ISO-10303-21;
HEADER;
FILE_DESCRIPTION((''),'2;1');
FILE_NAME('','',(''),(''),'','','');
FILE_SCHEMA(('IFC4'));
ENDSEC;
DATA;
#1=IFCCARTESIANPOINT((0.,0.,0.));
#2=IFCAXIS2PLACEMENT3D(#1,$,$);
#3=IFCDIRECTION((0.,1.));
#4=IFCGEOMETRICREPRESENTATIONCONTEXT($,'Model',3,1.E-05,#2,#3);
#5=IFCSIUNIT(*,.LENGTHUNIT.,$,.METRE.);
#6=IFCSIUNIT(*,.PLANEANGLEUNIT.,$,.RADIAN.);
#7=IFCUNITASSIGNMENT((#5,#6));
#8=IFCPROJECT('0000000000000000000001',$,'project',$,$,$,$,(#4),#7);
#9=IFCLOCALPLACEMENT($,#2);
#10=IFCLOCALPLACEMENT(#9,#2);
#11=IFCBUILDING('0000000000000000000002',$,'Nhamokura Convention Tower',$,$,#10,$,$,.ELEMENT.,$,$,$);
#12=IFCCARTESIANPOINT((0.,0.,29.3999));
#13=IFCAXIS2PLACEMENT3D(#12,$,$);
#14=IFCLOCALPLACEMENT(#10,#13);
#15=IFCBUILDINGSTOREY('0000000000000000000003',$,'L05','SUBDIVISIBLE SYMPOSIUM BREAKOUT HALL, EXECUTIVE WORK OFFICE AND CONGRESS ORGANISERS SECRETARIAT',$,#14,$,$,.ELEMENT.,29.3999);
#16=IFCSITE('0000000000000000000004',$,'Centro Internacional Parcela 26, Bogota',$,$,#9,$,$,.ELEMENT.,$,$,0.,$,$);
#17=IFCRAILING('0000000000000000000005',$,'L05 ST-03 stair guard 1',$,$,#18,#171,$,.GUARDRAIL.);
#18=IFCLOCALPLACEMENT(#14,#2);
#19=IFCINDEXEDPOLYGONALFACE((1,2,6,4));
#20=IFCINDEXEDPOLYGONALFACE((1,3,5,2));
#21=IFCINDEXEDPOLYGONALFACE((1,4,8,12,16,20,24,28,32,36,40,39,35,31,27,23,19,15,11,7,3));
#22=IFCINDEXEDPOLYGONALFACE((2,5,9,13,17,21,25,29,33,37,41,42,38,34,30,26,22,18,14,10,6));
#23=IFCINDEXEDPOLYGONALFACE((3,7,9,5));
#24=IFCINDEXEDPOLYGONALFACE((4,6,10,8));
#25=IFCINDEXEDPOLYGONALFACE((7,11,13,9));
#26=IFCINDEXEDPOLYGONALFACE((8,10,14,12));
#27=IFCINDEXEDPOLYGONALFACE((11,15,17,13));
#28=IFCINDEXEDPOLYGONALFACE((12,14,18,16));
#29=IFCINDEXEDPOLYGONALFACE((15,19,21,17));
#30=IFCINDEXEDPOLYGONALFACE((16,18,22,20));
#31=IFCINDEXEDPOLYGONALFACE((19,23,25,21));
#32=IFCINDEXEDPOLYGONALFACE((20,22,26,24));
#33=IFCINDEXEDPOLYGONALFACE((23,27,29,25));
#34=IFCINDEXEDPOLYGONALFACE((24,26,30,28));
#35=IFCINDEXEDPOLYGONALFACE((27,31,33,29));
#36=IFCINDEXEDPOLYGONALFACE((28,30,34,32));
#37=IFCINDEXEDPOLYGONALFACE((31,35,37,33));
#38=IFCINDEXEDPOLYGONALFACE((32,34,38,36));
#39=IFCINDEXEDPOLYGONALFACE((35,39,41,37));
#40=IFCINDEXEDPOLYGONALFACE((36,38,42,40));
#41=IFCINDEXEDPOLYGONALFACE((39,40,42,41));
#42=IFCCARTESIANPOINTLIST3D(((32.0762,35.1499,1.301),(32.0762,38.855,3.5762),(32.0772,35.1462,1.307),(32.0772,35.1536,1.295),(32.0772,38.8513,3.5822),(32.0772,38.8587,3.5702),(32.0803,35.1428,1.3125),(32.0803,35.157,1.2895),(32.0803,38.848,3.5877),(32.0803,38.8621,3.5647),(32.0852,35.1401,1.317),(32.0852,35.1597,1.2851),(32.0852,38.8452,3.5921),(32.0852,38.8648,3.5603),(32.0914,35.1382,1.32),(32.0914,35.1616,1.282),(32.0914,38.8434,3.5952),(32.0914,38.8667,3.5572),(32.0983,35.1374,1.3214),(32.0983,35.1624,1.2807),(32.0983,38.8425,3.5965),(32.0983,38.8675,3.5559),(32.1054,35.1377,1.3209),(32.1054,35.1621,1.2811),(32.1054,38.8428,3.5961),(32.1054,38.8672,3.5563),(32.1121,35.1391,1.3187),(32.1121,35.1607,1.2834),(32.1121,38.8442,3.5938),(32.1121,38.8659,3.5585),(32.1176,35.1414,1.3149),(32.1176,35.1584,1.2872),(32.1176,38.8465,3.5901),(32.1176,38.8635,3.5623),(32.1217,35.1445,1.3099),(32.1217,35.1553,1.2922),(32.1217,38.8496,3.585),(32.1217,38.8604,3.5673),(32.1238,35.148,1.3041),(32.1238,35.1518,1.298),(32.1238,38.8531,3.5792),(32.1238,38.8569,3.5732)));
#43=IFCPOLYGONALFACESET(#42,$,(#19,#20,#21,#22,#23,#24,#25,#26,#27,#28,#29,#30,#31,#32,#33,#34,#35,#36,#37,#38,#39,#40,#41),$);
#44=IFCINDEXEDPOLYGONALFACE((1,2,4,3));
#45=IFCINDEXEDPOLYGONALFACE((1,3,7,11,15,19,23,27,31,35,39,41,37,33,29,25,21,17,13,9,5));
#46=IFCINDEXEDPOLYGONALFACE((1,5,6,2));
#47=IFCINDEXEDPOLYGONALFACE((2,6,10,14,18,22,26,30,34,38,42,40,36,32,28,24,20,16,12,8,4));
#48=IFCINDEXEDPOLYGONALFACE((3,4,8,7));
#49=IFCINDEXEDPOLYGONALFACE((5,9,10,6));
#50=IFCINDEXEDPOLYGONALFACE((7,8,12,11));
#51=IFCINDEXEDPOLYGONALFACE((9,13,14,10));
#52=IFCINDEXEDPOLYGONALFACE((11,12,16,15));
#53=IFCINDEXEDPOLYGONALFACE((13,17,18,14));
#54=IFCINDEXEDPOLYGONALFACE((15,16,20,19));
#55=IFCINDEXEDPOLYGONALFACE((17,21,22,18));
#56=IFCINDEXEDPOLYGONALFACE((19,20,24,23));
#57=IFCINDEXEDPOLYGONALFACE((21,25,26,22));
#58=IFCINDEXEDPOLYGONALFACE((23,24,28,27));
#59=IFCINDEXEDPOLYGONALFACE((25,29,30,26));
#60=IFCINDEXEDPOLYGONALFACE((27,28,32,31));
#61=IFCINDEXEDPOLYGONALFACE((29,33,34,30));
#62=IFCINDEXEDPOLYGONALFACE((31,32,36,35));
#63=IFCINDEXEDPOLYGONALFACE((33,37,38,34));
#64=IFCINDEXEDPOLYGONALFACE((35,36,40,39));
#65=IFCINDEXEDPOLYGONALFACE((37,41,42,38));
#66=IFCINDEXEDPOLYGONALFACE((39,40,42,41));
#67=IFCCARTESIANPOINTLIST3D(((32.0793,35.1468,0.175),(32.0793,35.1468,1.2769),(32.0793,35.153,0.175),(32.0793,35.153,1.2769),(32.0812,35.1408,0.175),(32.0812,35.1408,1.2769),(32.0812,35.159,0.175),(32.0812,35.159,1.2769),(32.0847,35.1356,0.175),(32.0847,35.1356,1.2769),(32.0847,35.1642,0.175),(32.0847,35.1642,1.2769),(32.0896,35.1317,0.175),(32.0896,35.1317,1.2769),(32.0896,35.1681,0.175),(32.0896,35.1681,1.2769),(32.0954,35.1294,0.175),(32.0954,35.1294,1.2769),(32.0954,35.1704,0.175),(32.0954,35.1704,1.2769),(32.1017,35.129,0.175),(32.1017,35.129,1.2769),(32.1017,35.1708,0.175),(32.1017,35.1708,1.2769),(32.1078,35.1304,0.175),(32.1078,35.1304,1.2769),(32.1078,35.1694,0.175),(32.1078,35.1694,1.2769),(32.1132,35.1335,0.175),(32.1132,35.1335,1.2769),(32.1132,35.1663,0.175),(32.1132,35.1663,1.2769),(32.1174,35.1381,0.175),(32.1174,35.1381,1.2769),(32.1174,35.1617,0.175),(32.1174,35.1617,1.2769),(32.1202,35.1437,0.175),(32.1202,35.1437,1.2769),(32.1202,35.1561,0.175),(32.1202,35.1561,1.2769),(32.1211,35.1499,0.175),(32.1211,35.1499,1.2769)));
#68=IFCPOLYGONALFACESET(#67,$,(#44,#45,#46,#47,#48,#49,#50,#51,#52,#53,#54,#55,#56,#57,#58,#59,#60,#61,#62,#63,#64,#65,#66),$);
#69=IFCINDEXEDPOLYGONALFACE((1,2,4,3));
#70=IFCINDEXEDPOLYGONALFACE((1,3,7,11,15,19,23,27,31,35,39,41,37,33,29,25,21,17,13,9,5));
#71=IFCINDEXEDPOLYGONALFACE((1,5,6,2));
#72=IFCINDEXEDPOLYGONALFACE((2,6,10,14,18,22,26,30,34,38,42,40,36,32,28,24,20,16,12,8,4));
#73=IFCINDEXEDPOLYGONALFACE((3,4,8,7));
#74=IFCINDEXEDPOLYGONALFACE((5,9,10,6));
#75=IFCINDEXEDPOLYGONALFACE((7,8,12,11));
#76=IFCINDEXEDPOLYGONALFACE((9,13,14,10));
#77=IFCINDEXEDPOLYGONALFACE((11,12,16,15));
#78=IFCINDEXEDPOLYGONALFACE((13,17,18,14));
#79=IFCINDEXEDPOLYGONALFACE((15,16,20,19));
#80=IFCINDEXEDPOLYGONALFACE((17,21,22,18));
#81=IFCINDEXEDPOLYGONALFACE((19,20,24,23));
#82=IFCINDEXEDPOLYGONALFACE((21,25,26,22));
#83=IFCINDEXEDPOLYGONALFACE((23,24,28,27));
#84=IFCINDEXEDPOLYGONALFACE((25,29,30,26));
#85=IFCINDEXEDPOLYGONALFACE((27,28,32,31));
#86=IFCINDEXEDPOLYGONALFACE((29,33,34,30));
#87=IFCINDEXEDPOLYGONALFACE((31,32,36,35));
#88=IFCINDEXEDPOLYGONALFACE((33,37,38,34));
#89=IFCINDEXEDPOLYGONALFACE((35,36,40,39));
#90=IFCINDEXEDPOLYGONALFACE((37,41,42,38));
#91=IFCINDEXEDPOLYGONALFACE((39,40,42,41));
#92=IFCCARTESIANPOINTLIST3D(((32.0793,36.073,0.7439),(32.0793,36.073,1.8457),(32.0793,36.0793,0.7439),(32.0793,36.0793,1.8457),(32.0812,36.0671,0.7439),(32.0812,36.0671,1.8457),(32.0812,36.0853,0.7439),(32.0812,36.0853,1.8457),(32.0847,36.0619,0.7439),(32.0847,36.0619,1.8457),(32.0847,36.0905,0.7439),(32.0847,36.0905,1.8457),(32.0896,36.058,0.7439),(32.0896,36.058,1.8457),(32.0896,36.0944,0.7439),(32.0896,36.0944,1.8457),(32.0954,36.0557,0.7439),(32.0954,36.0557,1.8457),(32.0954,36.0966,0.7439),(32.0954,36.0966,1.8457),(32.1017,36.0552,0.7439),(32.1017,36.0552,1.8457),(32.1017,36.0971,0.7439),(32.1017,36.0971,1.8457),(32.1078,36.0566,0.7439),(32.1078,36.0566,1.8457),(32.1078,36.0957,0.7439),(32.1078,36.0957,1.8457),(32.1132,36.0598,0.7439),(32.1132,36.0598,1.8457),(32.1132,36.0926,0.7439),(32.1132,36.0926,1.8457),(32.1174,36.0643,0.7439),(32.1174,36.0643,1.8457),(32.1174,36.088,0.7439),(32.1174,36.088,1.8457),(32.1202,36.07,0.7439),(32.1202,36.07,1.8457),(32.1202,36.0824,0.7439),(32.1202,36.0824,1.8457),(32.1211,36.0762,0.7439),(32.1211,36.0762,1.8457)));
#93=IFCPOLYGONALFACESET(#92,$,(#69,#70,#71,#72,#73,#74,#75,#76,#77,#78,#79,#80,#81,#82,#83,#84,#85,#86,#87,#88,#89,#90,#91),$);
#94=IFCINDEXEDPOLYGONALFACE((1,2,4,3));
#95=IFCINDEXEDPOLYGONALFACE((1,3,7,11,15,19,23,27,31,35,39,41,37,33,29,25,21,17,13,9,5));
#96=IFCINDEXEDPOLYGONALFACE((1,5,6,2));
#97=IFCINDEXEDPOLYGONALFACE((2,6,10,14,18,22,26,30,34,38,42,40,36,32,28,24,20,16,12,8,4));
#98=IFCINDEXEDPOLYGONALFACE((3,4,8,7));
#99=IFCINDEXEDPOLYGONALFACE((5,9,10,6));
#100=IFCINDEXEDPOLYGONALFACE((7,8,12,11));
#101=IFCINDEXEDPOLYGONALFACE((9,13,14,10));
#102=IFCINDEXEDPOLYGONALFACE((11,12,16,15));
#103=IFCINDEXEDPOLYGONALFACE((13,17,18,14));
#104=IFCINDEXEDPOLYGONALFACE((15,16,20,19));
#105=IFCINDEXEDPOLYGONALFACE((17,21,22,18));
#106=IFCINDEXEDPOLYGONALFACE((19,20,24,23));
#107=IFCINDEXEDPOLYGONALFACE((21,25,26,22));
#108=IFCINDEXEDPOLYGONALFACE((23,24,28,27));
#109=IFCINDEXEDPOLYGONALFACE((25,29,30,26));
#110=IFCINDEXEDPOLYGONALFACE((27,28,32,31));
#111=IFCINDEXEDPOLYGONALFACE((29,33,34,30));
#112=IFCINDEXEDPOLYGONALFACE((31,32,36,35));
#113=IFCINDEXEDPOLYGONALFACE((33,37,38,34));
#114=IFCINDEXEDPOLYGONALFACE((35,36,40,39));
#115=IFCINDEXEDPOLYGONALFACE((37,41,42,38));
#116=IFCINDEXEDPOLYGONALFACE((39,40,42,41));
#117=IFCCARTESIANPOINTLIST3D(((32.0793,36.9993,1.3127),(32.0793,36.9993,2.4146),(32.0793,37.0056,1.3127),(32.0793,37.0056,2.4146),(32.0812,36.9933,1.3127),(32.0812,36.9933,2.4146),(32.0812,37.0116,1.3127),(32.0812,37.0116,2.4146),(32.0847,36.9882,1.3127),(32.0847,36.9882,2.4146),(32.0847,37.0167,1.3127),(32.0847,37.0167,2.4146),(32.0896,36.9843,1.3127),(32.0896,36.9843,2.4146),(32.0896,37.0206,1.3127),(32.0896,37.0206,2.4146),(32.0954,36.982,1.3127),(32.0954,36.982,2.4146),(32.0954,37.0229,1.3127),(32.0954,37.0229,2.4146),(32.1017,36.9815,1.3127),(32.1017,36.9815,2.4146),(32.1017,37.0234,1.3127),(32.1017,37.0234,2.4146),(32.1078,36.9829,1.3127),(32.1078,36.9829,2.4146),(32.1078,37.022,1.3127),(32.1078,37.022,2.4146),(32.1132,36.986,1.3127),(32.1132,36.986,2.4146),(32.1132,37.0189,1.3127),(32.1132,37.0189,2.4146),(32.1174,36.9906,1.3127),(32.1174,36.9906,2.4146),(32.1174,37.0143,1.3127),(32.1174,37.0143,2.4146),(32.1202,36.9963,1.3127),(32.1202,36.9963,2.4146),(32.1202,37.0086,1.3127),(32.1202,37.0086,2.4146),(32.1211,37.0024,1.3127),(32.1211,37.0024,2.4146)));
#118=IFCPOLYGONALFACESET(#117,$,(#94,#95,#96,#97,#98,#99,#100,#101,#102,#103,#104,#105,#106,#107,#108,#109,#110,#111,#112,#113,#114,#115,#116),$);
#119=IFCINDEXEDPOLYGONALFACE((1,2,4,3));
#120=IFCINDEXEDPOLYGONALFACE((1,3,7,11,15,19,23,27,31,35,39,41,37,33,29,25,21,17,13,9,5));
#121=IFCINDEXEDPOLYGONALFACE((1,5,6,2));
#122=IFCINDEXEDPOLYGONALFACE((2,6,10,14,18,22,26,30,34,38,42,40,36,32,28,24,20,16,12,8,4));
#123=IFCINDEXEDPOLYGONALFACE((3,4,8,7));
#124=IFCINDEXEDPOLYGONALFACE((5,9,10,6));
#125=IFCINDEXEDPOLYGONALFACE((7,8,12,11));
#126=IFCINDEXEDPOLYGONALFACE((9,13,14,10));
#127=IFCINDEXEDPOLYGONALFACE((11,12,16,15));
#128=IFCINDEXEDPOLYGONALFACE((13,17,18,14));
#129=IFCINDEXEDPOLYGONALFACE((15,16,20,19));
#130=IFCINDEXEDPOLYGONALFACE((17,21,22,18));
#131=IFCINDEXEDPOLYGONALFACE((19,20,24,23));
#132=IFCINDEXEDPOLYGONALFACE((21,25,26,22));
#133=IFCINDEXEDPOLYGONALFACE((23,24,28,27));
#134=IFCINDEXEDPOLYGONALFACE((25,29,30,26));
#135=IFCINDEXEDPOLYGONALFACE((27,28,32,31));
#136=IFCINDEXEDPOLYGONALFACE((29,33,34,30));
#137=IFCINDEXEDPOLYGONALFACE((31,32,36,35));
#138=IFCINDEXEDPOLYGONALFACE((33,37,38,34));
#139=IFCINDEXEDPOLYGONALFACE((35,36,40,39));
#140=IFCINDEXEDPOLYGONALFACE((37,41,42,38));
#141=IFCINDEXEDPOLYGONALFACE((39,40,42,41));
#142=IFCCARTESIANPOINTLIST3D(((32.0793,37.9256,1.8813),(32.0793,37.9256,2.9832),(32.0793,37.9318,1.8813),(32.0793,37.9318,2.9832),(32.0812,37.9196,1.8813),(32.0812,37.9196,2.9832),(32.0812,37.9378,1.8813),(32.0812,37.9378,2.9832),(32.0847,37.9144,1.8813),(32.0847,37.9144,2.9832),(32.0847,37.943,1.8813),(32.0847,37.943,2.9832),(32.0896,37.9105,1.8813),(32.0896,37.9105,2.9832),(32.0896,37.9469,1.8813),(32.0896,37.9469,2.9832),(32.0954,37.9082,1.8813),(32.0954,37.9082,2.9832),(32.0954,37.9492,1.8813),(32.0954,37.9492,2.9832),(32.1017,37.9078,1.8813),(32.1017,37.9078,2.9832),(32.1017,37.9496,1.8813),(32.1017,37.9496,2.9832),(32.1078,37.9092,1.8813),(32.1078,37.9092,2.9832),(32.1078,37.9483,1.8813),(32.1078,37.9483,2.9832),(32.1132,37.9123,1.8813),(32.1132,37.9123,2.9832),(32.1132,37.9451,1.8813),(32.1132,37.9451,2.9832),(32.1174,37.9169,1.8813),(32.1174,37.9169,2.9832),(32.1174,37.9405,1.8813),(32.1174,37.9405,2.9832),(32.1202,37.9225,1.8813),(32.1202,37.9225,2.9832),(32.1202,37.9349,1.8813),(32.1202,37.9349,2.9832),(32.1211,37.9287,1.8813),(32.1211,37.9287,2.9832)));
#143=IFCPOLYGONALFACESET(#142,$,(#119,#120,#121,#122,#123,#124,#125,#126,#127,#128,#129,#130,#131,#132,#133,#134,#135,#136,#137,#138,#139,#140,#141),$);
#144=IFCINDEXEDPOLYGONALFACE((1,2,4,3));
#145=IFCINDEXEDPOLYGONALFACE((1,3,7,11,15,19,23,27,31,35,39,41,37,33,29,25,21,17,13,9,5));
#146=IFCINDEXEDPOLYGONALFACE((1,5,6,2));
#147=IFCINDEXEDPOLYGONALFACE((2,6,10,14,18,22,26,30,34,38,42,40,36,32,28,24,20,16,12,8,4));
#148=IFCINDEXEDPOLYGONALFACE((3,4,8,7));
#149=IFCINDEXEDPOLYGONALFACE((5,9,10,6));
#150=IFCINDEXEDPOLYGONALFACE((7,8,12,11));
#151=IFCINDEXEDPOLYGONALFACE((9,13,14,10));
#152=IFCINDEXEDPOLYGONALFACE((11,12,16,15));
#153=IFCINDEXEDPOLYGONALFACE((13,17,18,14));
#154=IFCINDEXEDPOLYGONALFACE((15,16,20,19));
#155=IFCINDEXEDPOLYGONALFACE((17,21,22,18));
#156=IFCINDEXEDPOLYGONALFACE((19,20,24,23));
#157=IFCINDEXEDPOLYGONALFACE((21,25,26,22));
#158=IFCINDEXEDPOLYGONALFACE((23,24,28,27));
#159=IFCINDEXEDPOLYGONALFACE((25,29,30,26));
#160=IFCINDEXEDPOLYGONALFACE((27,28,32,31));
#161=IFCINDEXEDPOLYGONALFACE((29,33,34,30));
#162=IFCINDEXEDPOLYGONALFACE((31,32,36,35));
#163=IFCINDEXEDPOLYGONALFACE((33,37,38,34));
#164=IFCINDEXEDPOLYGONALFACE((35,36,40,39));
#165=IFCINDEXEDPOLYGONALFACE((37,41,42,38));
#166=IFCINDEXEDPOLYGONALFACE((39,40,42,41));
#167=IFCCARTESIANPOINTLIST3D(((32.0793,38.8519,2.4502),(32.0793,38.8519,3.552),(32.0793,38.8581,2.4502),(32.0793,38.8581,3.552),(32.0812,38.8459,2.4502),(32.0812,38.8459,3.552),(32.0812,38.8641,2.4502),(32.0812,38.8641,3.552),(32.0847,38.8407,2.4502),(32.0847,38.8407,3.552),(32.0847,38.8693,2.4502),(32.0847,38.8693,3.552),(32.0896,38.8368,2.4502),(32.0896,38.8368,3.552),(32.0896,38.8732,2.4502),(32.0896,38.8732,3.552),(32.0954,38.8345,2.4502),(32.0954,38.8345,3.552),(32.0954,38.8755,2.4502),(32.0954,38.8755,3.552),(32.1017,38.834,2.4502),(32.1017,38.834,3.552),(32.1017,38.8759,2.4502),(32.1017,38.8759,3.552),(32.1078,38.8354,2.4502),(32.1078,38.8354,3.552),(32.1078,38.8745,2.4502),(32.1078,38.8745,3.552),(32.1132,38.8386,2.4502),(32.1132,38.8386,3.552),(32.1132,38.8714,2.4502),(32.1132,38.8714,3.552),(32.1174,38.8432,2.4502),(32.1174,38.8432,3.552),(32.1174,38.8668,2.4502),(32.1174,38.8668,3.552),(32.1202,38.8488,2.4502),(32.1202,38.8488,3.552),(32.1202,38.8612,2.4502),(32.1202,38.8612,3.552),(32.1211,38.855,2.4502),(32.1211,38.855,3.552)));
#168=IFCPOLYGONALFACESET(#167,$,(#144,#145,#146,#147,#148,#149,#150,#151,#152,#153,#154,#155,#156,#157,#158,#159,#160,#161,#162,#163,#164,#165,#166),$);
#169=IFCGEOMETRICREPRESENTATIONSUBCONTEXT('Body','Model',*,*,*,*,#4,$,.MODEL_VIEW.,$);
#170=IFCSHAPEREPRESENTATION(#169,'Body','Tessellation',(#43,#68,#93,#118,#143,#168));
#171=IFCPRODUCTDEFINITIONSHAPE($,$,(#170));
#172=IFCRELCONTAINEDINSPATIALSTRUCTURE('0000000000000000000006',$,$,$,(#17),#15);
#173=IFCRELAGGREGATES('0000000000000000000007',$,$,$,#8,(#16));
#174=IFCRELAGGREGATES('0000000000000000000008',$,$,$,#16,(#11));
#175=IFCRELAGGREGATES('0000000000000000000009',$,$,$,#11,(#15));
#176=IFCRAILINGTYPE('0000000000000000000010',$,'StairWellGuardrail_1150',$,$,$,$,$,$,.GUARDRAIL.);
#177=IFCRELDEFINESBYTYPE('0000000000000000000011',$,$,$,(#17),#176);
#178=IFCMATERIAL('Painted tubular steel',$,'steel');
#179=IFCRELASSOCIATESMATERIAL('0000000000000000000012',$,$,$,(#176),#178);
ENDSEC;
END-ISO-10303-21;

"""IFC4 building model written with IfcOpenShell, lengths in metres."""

from ifc_helpers import new_model, si_unit, direction, frame, origin, origin_2d, place, context, subcontext, project, spatial, circle, extrude, material, type_object, element, save


model = new_model("IFC4")

# Units and contexts
model_context = context("Model", 3, precision=1e-05, world=origin(), true_north=direction((0.0, 1.0)))
body_context = subcontext(model_context, "Body", "Model", "MODEL_VIEW")
ifc_project = project(units=[si_unit("LENGTHUNIT", "METRE"), si_unit("PLANEANGLEUNIT", "RADIAN")], contexts=[model_context])

# Site, building, storey
site_placement = place(None, origin())
site = spatial("IfcSite", under=ifc_project, at=site_placement, Name="Centro Internacional Parcela 26, Bogota", CompositionType="ELEMENT", RefElevation=0.0)
building_placement = place(site_placement, origin())
building = spatial("IfcBuilding", under=site, at=building_placement, Name="Nhamokura Convention Tower", CompositionType="ELEMENT")
storey_placement = place(building_placement, frame((0.0, 0.0, 29.3999)))
storey = spatial("IfcBuildingStorey", under=building, at=storey_placement, Name="L05", Description="SUBDIVISIBLE SYMPOSIUM BREAKOUT HALL, EXECUTIVE WORK OFFICE AND CONGRESS ORGANISERS SECRETARIAT", CompositionType="ELEMENT", Elevation=29.3999)

# Railing
ifc_material_1 = material(Name="Painted tubular steel", Category="steel")
railing_type_1 = type_object("IfcRailingType", Name="StairWellGuardrail_1150", PredefinedType="GUARDRAIL", material=ifc_material_1)
railing_1_placement = place(storey_placement, frame((32.1001, 35.1499, 0.175)))
element("IfcRailing", 1, at=railing_1_placement, inside=storey, type_object=railing_type_1, Name="L05 ST-03 stair guard 1", PredefinedType="GUARDRAIL", context=body_context, shape_type="SweptSolid", body=[
    extrude(circle(Radius=0.0239, at=origin_2d()), frame((0.0, 0.0, 1.126), z_axis=(0.0, 0.852161, 0.523279), x_axis=(-1.0, 0.0, 0.0)), (0.0, 0.0, 1.0), 4.3479),
    extrude(circle(Radius=0.021, at=origin_2d()), origin(), (0.0, 0.0, 1.0), 1.1018),
    extrude(circle(Radius=0.021, at=origin_2d()), frame((0.0, 0.9263, 0.5688)), (0.0, 0.0, 1.0), 1.1018),
    extrude(circle(Radius=0.021, at=origin_2d()), frame((0.0, 1.8525, 1.1377)), (0.0, 0.0, 1.0), 1.1018),
    extrude(circle(Radius=0.021, at=origin_2d()), frame((0.0, 2.7788, 1.7063)), (0.0, 0.0, 1.0), 1.1018),
    extrude(circle(Radius=0.021, at=origin_2d()), frame((0.0, 3.7051, 2.2751)), (0.0, 0.0, 1.0), 1.1018),
])

save(model, "model.ifc")
